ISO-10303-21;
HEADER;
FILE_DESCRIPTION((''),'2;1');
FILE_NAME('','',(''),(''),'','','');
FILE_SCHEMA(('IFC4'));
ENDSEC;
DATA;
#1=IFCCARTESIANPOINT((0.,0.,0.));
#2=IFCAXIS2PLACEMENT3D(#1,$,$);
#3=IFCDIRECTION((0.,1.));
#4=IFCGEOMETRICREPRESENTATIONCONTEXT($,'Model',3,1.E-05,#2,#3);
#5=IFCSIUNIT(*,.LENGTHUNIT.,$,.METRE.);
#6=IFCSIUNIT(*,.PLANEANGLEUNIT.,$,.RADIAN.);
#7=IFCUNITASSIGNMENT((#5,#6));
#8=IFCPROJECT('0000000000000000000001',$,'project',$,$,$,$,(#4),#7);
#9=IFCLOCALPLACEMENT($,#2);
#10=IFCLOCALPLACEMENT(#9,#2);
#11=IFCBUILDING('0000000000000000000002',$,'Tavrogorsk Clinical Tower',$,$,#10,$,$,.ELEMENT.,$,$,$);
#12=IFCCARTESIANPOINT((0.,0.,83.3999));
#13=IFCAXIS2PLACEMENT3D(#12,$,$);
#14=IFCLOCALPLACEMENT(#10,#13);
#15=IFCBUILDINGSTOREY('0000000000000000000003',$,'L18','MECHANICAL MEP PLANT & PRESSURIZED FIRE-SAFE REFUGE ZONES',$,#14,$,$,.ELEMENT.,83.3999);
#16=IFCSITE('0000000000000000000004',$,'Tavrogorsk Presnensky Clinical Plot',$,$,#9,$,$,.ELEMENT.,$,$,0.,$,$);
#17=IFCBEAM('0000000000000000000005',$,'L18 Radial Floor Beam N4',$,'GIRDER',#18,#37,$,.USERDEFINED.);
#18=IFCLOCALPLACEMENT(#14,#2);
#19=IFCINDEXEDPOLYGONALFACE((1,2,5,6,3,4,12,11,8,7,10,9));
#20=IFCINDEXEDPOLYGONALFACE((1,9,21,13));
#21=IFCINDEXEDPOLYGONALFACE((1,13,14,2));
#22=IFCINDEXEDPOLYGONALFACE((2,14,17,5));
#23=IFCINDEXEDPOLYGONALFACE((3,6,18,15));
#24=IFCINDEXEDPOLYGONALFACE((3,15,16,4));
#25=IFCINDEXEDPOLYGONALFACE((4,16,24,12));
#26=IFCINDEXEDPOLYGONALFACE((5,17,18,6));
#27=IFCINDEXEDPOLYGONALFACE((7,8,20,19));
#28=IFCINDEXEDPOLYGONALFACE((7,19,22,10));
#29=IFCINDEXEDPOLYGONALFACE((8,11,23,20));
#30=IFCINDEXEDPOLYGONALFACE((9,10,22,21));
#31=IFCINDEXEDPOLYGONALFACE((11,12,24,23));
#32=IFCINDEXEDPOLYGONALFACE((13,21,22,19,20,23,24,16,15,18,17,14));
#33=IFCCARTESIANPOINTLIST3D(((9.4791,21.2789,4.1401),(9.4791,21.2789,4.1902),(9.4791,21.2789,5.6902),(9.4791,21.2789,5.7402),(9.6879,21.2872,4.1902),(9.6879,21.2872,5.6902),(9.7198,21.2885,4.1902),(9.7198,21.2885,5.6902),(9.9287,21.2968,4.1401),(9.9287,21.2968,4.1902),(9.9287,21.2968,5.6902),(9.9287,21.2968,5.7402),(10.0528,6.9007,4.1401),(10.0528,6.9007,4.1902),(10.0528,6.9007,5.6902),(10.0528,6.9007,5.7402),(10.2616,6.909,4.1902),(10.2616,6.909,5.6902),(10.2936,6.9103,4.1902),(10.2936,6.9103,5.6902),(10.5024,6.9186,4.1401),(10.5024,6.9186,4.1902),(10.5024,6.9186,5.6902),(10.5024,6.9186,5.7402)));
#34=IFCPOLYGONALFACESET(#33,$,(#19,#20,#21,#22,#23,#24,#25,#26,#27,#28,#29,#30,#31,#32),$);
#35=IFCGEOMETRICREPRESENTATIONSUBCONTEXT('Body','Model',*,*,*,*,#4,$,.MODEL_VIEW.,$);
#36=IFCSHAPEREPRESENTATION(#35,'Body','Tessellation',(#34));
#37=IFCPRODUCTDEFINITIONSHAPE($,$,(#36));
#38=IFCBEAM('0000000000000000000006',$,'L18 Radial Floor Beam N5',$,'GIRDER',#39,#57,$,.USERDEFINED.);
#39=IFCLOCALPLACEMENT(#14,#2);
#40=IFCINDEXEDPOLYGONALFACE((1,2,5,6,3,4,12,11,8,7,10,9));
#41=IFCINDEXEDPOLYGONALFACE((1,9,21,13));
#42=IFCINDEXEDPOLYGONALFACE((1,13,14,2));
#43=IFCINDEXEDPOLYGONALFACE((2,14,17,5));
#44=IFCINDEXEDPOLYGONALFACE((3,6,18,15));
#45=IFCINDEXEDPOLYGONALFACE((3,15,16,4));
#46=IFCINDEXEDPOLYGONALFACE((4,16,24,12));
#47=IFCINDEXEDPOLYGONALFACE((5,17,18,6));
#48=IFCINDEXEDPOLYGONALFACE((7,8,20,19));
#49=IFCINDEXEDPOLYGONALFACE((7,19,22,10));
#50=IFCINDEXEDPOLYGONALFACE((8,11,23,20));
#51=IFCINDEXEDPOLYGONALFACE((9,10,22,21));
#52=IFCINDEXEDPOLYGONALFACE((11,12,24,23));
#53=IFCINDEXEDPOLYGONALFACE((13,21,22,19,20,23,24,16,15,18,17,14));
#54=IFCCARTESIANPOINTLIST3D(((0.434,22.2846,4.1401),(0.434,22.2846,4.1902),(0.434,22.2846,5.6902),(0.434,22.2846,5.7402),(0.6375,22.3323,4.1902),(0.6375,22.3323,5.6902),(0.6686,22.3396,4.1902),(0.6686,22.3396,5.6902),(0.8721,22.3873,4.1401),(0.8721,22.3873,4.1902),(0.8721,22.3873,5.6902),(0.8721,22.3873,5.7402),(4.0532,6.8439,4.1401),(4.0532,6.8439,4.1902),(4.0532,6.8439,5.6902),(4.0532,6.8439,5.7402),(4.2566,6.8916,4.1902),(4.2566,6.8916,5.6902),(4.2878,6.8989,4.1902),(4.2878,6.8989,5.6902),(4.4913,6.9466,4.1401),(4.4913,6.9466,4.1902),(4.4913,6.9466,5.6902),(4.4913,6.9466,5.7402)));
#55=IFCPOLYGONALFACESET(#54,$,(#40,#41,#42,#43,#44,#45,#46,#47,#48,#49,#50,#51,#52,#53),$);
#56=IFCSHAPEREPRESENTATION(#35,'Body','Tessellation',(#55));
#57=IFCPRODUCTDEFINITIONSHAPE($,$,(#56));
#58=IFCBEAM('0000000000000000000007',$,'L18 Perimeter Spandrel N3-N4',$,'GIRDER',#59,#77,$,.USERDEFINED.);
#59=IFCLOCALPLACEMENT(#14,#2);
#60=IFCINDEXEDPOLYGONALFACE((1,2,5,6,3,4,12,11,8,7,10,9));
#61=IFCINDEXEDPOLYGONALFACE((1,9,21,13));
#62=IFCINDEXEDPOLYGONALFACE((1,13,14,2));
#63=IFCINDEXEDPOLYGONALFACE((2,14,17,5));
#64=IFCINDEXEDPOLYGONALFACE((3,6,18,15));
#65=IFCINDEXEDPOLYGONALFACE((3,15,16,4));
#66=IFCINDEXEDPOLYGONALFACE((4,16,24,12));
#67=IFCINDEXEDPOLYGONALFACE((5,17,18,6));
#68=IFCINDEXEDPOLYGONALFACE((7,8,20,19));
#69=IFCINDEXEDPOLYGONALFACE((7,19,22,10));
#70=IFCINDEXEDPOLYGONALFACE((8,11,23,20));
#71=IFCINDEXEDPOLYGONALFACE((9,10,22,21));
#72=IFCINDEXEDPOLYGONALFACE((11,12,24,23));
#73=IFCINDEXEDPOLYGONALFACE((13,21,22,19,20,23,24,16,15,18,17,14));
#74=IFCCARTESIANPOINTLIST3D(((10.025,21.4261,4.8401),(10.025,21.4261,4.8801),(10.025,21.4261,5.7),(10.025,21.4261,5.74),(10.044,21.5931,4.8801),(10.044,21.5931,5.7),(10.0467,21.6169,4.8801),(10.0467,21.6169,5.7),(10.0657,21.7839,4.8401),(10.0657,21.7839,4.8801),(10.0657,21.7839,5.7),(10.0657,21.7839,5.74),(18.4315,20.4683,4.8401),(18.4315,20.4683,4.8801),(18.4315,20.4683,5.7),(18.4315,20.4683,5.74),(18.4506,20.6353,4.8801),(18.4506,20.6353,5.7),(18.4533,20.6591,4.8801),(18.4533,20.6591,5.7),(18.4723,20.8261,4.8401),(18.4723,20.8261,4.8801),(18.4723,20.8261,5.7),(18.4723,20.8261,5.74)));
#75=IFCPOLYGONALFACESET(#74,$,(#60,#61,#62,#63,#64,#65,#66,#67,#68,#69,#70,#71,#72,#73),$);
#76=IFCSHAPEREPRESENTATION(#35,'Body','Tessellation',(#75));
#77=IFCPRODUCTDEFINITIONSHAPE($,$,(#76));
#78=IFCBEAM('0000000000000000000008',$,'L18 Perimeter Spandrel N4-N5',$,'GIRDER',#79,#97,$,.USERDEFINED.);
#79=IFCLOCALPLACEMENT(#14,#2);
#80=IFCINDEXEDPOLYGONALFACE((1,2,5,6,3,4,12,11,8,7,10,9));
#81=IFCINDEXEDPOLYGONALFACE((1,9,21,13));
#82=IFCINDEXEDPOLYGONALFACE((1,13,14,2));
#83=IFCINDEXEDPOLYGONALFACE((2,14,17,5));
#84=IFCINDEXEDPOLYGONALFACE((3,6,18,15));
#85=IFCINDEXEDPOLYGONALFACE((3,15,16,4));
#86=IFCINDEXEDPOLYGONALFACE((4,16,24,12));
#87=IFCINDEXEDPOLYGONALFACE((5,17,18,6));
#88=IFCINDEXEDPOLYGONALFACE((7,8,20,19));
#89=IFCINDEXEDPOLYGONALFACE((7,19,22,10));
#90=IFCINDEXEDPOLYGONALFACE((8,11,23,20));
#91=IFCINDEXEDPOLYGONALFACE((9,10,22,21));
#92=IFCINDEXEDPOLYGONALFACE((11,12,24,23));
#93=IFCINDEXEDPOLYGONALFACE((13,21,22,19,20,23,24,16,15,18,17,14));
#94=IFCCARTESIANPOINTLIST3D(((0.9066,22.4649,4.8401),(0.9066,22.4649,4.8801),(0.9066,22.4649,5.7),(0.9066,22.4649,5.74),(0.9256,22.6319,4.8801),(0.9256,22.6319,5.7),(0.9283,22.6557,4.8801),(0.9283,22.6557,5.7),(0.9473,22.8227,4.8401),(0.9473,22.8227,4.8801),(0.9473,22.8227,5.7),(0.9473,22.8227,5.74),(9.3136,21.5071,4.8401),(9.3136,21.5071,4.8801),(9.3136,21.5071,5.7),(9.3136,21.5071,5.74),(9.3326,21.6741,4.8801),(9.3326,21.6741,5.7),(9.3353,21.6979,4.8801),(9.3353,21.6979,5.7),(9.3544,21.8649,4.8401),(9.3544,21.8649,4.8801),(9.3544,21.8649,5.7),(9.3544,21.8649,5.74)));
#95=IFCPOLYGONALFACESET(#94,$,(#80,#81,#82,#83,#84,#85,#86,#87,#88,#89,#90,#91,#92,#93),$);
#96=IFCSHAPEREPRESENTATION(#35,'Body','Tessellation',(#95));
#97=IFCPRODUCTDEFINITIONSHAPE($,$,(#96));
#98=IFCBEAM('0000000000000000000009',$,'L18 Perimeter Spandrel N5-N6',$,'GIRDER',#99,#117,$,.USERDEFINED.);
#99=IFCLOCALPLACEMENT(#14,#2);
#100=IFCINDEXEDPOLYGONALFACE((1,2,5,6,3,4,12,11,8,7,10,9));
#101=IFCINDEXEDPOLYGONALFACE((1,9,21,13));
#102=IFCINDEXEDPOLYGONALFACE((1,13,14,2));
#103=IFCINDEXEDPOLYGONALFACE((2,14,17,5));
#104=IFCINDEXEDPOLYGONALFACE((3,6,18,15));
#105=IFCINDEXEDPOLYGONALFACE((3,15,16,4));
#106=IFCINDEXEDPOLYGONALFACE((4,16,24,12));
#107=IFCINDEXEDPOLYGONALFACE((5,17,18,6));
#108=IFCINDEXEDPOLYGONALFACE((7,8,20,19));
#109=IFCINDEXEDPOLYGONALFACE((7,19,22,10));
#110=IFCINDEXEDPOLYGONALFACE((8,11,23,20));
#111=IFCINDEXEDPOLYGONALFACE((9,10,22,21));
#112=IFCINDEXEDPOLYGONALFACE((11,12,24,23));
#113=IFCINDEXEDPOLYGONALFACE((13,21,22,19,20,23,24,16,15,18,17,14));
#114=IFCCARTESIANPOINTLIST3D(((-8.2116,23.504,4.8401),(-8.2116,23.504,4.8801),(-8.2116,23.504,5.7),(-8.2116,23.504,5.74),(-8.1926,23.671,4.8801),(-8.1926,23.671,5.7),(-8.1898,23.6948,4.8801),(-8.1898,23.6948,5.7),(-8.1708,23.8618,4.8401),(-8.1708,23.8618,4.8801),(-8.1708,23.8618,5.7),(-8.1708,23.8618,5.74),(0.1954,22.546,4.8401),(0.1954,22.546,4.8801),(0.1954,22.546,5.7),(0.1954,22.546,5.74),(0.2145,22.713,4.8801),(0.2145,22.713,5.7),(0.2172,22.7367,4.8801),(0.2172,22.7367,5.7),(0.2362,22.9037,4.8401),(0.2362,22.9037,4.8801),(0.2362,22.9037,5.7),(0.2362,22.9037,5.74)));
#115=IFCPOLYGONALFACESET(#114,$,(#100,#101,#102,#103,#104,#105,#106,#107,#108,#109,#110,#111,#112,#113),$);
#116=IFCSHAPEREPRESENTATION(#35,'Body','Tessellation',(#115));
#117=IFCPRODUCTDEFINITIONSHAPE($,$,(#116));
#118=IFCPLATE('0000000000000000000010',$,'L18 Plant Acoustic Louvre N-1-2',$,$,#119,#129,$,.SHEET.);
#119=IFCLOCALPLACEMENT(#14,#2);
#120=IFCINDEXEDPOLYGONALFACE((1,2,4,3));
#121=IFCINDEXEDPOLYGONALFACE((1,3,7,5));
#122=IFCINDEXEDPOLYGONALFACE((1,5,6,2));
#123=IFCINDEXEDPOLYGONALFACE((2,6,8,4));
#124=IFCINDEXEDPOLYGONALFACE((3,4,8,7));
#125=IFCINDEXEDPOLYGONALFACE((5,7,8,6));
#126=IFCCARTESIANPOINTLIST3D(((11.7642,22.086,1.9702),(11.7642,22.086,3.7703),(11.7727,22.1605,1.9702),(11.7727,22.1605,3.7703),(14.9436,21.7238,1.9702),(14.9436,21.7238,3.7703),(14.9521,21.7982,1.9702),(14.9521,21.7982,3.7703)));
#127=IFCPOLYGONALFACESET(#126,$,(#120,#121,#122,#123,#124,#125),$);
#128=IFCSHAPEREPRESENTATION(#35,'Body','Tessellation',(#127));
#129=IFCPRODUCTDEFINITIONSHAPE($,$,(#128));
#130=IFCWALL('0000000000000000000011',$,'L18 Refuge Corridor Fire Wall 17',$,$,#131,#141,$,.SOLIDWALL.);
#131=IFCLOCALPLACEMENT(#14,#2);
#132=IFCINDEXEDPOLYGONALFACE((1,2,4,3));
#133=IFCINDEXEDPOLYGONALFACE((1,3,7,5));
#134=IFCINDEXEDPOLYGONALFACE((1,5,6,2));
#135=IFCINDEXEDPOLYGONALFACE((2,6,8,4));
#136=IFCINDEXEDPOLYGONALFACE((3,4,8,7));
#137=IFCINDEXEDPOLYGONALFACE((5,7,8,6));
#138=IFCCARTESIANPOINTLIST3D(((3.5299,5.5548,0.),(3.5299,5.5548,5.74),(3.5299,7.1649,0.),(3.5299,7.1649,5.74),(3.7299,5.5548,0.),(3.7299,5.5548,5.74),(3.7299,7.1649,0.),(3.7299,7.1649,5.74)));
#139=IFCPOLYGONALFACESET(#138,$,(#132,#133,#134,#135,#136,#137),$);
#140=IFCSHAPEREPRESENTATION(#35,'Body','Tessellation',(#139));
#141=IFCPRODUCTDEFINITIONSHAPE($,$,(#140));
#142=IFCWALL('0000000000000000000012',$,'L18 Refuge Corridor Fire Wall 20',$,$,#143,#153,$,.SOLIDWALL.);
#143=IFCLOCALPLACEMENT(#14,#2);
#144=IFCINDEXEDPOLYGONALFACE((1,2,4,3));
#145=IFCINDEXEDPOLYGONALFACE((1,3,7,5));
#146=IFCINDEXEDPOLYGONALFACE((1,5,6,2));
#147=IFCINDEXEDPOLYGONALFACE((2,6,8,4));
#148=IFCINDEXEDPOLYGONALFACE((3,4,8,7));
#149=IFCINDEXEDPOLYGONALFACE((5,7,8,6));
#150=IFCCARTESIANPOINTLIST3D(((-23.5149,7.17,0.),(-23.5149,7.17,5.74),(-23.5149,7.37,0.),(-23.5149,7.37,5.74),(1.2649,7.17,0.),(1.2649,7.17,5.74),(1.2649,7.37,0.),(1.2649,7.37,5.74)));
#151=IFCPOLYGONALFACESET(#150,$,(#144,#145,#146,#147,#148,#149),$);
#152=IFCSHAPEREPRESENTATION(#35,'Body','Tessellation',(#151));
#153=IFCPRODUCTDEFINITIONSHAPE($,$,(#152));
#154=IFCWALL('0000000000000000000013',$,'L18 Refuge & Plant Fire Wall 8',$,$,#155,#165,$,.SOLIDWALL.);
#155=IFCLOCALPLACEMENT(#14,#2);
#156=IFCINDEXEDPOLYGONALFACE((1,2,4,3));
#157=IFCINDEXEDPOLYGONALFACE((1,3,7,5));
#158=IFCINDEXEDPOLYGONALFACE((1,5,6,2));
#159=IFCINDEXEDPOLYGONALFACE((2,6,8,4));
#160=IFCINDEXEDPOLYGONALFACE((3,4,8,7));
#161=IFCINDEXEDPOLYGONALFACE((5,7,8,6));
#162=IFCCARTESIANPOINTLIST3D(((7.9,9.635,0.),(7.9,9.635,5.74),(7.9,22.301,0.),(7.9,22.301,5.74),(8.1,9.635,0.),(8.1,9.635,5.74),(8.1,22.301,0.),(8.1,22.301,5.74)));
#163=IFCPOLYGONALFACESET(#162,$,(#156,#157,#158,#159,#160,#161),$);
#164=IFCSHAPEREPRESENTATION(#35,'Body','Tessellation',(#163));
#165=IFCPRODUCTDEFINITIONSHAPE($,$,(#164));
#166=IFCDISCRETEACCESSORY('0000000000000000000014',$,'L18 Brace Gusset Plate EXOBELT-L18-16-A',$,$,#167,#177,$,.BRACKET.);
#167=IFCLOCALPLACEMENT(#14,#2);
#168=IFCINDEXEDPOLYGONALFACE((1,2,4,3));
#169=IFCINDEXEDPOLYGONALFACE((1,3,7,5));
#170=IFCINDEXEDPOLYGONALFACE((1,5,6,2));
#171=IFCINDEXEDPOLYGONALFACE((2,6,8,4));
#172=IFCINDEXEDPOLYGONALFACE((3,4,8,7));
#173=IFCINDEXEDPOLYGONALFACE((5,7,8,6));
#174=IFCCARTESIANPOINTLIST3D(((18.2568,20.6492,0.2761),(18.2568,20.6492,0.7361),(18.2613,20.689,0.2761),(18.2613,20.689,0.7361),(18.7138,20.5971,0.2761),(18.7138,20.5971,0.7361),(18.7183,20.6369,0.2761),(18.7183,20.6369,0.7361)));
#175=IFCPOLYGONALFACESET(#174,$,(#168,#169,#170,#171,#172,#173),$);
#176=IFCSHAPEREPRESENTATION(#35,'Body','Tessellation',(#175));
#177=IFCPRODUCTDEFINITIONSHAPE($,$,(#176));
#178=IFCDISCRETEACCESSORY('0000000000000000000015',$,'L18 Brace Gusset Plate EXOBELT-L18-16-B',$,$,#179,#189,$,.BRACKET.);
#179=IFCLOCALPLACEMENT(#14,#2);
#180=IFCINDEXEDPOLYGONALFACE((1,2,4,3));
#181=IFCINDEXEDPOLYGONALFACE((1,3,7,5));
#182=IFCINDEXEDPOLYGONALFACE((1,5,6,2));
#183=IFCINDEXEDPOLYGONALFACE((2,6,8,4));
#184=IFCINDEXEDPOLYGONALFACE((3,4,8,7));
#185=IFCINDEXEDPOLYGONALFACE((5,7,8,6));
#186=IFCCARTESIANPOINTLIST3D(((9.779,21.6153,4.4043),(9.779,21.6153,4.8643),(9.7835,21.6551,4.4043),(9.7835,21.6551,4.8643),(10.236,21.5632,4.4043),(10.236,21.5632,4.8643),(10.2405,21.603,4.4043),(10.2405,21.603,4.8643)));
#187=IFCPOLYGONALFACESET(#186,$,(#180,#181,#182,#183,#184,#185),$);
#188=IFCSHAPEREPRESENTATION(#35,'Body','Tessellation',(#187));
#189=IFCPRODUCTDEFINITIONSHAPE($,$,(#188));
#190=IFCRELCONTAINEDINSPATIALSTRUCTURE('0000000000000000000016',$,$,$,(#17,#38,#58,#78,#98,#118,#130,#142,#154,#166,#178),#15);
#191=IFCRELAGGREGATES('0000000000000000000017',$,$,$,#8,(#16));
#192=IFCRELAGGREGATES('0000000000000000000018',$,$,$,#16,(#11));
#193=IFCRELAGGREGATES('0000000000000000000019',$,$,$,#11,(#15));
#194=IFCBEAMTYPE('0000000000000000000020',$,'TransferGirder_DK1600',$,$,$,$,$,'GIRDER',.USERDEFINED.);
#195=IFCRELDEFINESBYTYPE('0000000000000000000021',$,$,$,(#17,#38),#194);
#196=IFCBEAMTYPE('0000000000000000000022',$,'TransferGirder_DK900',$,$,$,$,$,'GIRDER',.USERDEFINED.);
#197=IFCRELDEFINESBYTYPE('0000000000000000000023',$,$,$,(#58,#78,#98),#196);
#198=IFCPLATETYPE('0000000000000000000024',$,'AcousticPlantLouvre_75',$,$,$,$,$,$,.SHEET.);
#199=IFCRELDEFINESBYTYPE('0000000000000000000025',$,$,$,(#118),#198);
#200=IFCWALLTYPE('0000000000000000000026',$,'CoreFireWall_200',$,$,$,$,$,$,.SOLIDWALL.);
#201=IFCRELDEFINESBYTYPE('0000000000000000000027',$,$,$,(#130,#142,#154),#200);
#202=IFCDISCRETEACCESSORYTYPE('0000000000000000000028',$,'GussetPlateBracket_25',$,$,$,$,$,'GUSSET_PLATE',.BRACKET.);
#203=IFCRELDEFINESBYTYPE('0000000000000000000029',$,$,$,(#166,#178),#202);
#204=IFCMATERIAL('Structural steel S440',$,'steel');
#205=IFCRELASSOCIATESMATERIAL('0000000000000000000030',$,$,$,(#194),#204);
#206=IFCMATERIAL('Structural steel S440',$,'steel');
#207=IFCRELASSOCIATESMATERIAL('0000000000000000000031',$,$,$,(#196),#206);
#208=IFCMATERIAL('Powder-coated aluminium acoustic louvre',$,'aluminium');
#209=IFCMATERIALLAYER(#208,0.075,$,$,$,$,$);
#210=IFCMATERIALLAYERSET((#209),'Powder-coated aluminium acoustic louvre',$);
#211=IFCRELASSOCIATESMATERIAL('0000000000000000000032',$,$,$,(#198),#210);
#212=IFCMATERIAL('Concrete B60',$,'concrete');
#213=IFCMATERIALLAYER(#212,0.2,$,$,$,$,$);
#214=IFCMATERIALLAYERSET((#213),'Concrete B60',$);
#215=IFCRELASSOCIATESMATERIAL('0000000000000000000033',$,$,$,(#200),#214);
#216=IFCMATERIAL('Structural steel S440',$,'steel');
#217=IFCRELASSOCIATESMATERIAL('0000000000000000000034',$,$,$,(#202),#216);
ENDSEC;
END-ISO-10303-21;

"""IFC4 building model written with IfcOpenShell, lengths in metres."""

from ifc_helpers import new_model, si_unit, direction, frame, frame_2d, origin, origin_2d, place, context, subcontext, project, spatial, rectangle, i_section, extrude, material, layer, layer_set, material_profile, profile_set, type_object, element, save


model = new_model("IFC4")

# Units and contexts
model_context = context("Model", 3, precision=1e-05, world=origin(), true_north=direction((0.0, 1.0)))
body_context = subcontext(model_context, "Body", "Model", "MODEL_VIEW")
ifc_project = project(units=[si_unit("LENGTHUNIT", "METRE"), si_unit("PLANEANGLEUNIT", "RADIAN")], contexts=[model_context])

# Site, building, storey
site_placement = place(None, origin())
site = spatial("IfcSite", under=ifc_project, at=site_placement, Name="Tavrogorsk Presnensky Clinical Plot", CompositionType="ELEMENT", RefElevation=0.0)
building_placement = place(site_placement, origin())
building = spatial("IfcBuilding", under=site, at=building_placement, Name="Tavrogorsk Clinical Tower", CompositionType="ELEMENT")
storey_placement = place(building_placement, frame((0.0, 0.0, 83.3999)))
storey = spatial("IfcBuildingStorey", under=building, at=storey_placement, Name="L18", Description="MECHANICAL MEP PLANT & PRESSURIZED FIRE-SAFE REFUGE ZONES", CompositionType="ELEMENT", Elevation=83.3999)

# Beams
ifc_material_1 = material(Name="Structural steel S440", Category="steel")
ifc_material_profile_1 = material_profile(ifc_material_1, i_section(OverallWidth=0.45, OverallDepth=1.6001, WebThickness=0.032, FlangeThickness=0.05, at=origin_2d()), Name="DK-1600x450x32x50")
ifc_profile_set_1 = profile_set([ifc_material_profile_1], Name="Structural steel S440")
beam_type_1 = type_object("IfcBeamType", Name="TransferGirder_DK1600", ElementType="GIRDER", PredefinedType="USERDEFINED", material=ifc_profile_set_1)
beam_1_placement = place(storey_placement, frame((10.2776, 6.9097, 4.9402), z_axis=(-0.039871, 0.999205, 0.0), x_axis=(-0.999205, -0.039871, 0.0)))
element("IfcBeam", 1, at=beam_1_placement, inside=storey, type_object=beam_type_1, Name="L18 Radial Floor Beam N4", ObjectType="GIRDER", PredefinedType="USERDEFINED", context=body_context, shape_type="SweptSolid", body=[
    extrude(i_section(OverallWidth=0.45, OverallDepth=1.6001, WebThickness=0.032, FlangeThickness=0.05, at=origin_2d()), origin(), (0.0, 0.0, 1.0), 14.3896),
])
beam_2_placement = place(storey_placement, frame((4.2722, 6.8953, 4.9402), z_axis=(-0.228205, 0.973613, 0.0), x_axis=(-0.973613, -0.228205, 0.0)))
element("IfcBeam", 2, at=beam_2_placement, inside=storey, type_object=beam_type_1, Name="L18 Radial Floor Beam N5", ObjectType="GIRDER", PredefinedType="USERDEFINED", context=body_context, shape_type="SweptSolid", body=[
    extrude(i_section(OverallWidth=0.45, OverallDepth=1.6001, WebThickness=0.032, FlangeThickness=0.05, at=origin_2d()), origin(), (0.0, 0.0, 1.0), 15.8591),
])
ifc_material_2 = material(Name="Structural steel S440", Category="steel")
ifc_material_profile_2 = material_profile(ifc_material_2, i_section(OverallWidth=0.3601, OverallDepth=0.8999, WebThickness=0.0239, FlangeThickness=0.04, at=origin_2d()), Name="DK-900x360x24x40")
ifc_profile_set_2 = profile_set([ifc_material_profile_2], Name="Structural steel S440")
beam_type_2 = type_object("IfcBeamType", Name="TransferGirder_DK900", ElementType="GIRDER", PredefinedType="USERDEFINED", material=ifc_profile_set_2)
beam_3_placement = place(storey_placement, frame((18.4519, 20.6472, 5.29), z_axis=(-0.993572, 0.113199, 0.0), x_axis=(-0.113199, -0.993572, 0.0)))
element("IfcBeam", 3, at=beam_3_placement, inside=storey, type_object=beam_type_2, Name="L18 Perimeter Spandrel N3-N4", ObjectType="GIRDER", PredefinedType="USERDEFINED", context=body_context, shape_type="SweptSolid", body=[
    extrude(i_section(OverallWidth=0.3601, OverallDepth=0.8999, WebThickness=0.0239, FlangeThickness=0.04, at=origin_2d()), origin(), (0.0, 0.0, 1.0), 8.4609),
])
for number, where, z_axis, x_axis, name in (
    (4, (9.334, 21.686, 5.29), (-0.993573, 0.113193, 0.0), (-0.113193, -0.993573, 0.0), "L18 Perimeter Spandrel N4-N5"),
    (5, (0.2158, 22.7249, 5.29), (-0.99357, 0.113221, 0.0), (-0.113221, -0.99357, 0.0), "L18 Perimeter Spandrel N5-N6"),
):
    element("IfcBeam", number, at=place(storey_placement, frame(where, z_axis=z_axis, x_axis=x_axis)), inside=storey, type_object=beam_type_2, Name=name, ObjectType="GIRDER", PredefinedType="USERDEFINED", context=body_context, shape_type="SweptSolid", body=[
        extrude(i_section(OverallWidth=0.3601, OverallDepth=0.8999, WebThickness=0.0239, FlangeThickness=0.04, at=origin_2d()), origin(), (0.0, 0.0, 1.0), 8.4614),
    ])

# Plate
ifc_material_3 = material(Name="Powder-coated aluminium acoustic louvre", Category="aluminium")
ifc_layer_1 = layer(ifc_material_3, 0.075)
ifc_layer_set_1 = layer_set([ifc_layer_1], Name="Powder-coated aluminium acoustic louvre")
plate_type = type_object("IfcPlateType", Name="AcousticPlantLouvre_75", PredefinedType="SHEET", material=ifc_layer_set_1)
plate_placement = place(storey_placement, frame((13.3582, 21.9421, 1.9702), z_axis=(0.0, 0.0, 1.0), x_axis=(-0.993572, 0.113204, 0.0)))
element("IfcPlate", 6, at=plate_placement, inside=storey, type_object=plate_type, Name="L18 Plant Acoustic Louvre N-1-2", PredefinedType="SHEET", context=body_context, shape_type="SweptSolid", body=[
    extrude(rectangle(XDim=3.2, YDim=0.075, at=origin_2d()), origin(), (0.0, 0.0, 1.0), 1.8),
])

# Walls
ifc_material_4 = material(Name="Concrete B60", Category="concrete")
ifc_layer_2 = layer(ifc_material_4, 0.2)
ifc_layer_set_2 = layer_set([ifc_layer_2], Name="Concrete B60")
wall_type = type_object("IfcWallType", Name="CoreFireWall_200", PredefinedType="SOLIDWALL", material=ifc_layer_set_2)
wall_1_placement = place(storey_placement, frame((3.6299, 7.165, 0.0), z_axis=(0.0, 0.0, 1.0), x_axis=(0.0, -1.0, 0.0)))
element("IfcWall", 7, at=wall_1_placement, inside=storey, type_object=wall_type, Name="L18 Refuge Corridor Fire Wall 17", PredefinedType="SOLIDWALL", context=body_context, shape_type="SweptSolid", body=[
    extrude(rectangle(XDim=1.6101, YDim=0.2, at=frame_2d((0.8052, 0.0))), origin(), (0.0, 0.0, 1.0), 5.74),
])
wall_2_placement = place(storey_placement, frame((1.2649, 7.27, 0.0), z_axis=(0.0, 0.0, 1.0), x_axis=(-1.0, 0.0, 0.0)))
element("IfcWall", 8, at=wall_2_placement, inside=storey, type_object=wall_type, Name="L18 Refuge Corridor Fire Wall 20", PredefinedType="SOLIDWALL", context=body_context, shape_type="SweptSolid", body=[
    extrude(rectangle(XDim=24.7798, YDim=0.2, at=frame_2d((12.3899, 0.0))), origin(), (0.0, 0.0, 1.0), 5.74),
])
wall_3_placement = place(storey_placement, frame((8.0, 9.635, 0.0), z_axis=(0.0, 0.0, 1.0), x_axis=(0.0, 1.0, 0.0)))
element("IfcWall", 9, at=wall_3_placement, inside=storey, type_object=wall_type, Name="L18 Refuge & Plant Fire Wall 8", PredefinedType="SOLIDWALL", context=body_context, shape_type="SweptSolid", body=[
    extrude(rectangle(XDim=12.666, YDim=0.2, at=frame_2d((6.333, 0.0))), origin(), (0.0, 0.0, 1.0), 5.74),
])

# Discrete accessories
ifc_material_5 = material(Name="Structural steel S440", Category="steel")
discrete_accessory_type_1 = type_object("IfcDiscreteAccessoryType", Name="GussetPlateBracket_25", ElementType="GUSSET_PLATE", PredefinedType="BRACKET", material=ifc_material_5)
for number, where, z_axis, x_axis, name in (
    (10, (18.4875, 20.6431, 0.2761), (0.0, 0.0, 1.0), (-0.993572, 0.113203, 0.0), "L18 Brace Gusset Plate EXOBELT-L18-16-A"),
    (11, (10.0098, 21.6091, 4.4043), (0.0, 0.0, 1.0), (-0.993572, 0.113203, 0.0), "L18 Brace Gusset Plate EXOBELT-L18-16-B"),
):
    element("IfcDiscreteAccessory", number, at=place(storey_placement, frame(where, z_axis=z_axis, x_axis=x_axis)), inside=storey, type_object=discrete_accessory_type_1, Name=name, PredefinedType="BRACKET", context=body_context, shape_type="SweptSolid", body=[
        extrude(rectangle(XDim=0.46, YDim=0.04, at=origin_2d()), origin(), (0.0, 0.0, 1.0), 0.46),
    ])

save(model, "model.ifc")
